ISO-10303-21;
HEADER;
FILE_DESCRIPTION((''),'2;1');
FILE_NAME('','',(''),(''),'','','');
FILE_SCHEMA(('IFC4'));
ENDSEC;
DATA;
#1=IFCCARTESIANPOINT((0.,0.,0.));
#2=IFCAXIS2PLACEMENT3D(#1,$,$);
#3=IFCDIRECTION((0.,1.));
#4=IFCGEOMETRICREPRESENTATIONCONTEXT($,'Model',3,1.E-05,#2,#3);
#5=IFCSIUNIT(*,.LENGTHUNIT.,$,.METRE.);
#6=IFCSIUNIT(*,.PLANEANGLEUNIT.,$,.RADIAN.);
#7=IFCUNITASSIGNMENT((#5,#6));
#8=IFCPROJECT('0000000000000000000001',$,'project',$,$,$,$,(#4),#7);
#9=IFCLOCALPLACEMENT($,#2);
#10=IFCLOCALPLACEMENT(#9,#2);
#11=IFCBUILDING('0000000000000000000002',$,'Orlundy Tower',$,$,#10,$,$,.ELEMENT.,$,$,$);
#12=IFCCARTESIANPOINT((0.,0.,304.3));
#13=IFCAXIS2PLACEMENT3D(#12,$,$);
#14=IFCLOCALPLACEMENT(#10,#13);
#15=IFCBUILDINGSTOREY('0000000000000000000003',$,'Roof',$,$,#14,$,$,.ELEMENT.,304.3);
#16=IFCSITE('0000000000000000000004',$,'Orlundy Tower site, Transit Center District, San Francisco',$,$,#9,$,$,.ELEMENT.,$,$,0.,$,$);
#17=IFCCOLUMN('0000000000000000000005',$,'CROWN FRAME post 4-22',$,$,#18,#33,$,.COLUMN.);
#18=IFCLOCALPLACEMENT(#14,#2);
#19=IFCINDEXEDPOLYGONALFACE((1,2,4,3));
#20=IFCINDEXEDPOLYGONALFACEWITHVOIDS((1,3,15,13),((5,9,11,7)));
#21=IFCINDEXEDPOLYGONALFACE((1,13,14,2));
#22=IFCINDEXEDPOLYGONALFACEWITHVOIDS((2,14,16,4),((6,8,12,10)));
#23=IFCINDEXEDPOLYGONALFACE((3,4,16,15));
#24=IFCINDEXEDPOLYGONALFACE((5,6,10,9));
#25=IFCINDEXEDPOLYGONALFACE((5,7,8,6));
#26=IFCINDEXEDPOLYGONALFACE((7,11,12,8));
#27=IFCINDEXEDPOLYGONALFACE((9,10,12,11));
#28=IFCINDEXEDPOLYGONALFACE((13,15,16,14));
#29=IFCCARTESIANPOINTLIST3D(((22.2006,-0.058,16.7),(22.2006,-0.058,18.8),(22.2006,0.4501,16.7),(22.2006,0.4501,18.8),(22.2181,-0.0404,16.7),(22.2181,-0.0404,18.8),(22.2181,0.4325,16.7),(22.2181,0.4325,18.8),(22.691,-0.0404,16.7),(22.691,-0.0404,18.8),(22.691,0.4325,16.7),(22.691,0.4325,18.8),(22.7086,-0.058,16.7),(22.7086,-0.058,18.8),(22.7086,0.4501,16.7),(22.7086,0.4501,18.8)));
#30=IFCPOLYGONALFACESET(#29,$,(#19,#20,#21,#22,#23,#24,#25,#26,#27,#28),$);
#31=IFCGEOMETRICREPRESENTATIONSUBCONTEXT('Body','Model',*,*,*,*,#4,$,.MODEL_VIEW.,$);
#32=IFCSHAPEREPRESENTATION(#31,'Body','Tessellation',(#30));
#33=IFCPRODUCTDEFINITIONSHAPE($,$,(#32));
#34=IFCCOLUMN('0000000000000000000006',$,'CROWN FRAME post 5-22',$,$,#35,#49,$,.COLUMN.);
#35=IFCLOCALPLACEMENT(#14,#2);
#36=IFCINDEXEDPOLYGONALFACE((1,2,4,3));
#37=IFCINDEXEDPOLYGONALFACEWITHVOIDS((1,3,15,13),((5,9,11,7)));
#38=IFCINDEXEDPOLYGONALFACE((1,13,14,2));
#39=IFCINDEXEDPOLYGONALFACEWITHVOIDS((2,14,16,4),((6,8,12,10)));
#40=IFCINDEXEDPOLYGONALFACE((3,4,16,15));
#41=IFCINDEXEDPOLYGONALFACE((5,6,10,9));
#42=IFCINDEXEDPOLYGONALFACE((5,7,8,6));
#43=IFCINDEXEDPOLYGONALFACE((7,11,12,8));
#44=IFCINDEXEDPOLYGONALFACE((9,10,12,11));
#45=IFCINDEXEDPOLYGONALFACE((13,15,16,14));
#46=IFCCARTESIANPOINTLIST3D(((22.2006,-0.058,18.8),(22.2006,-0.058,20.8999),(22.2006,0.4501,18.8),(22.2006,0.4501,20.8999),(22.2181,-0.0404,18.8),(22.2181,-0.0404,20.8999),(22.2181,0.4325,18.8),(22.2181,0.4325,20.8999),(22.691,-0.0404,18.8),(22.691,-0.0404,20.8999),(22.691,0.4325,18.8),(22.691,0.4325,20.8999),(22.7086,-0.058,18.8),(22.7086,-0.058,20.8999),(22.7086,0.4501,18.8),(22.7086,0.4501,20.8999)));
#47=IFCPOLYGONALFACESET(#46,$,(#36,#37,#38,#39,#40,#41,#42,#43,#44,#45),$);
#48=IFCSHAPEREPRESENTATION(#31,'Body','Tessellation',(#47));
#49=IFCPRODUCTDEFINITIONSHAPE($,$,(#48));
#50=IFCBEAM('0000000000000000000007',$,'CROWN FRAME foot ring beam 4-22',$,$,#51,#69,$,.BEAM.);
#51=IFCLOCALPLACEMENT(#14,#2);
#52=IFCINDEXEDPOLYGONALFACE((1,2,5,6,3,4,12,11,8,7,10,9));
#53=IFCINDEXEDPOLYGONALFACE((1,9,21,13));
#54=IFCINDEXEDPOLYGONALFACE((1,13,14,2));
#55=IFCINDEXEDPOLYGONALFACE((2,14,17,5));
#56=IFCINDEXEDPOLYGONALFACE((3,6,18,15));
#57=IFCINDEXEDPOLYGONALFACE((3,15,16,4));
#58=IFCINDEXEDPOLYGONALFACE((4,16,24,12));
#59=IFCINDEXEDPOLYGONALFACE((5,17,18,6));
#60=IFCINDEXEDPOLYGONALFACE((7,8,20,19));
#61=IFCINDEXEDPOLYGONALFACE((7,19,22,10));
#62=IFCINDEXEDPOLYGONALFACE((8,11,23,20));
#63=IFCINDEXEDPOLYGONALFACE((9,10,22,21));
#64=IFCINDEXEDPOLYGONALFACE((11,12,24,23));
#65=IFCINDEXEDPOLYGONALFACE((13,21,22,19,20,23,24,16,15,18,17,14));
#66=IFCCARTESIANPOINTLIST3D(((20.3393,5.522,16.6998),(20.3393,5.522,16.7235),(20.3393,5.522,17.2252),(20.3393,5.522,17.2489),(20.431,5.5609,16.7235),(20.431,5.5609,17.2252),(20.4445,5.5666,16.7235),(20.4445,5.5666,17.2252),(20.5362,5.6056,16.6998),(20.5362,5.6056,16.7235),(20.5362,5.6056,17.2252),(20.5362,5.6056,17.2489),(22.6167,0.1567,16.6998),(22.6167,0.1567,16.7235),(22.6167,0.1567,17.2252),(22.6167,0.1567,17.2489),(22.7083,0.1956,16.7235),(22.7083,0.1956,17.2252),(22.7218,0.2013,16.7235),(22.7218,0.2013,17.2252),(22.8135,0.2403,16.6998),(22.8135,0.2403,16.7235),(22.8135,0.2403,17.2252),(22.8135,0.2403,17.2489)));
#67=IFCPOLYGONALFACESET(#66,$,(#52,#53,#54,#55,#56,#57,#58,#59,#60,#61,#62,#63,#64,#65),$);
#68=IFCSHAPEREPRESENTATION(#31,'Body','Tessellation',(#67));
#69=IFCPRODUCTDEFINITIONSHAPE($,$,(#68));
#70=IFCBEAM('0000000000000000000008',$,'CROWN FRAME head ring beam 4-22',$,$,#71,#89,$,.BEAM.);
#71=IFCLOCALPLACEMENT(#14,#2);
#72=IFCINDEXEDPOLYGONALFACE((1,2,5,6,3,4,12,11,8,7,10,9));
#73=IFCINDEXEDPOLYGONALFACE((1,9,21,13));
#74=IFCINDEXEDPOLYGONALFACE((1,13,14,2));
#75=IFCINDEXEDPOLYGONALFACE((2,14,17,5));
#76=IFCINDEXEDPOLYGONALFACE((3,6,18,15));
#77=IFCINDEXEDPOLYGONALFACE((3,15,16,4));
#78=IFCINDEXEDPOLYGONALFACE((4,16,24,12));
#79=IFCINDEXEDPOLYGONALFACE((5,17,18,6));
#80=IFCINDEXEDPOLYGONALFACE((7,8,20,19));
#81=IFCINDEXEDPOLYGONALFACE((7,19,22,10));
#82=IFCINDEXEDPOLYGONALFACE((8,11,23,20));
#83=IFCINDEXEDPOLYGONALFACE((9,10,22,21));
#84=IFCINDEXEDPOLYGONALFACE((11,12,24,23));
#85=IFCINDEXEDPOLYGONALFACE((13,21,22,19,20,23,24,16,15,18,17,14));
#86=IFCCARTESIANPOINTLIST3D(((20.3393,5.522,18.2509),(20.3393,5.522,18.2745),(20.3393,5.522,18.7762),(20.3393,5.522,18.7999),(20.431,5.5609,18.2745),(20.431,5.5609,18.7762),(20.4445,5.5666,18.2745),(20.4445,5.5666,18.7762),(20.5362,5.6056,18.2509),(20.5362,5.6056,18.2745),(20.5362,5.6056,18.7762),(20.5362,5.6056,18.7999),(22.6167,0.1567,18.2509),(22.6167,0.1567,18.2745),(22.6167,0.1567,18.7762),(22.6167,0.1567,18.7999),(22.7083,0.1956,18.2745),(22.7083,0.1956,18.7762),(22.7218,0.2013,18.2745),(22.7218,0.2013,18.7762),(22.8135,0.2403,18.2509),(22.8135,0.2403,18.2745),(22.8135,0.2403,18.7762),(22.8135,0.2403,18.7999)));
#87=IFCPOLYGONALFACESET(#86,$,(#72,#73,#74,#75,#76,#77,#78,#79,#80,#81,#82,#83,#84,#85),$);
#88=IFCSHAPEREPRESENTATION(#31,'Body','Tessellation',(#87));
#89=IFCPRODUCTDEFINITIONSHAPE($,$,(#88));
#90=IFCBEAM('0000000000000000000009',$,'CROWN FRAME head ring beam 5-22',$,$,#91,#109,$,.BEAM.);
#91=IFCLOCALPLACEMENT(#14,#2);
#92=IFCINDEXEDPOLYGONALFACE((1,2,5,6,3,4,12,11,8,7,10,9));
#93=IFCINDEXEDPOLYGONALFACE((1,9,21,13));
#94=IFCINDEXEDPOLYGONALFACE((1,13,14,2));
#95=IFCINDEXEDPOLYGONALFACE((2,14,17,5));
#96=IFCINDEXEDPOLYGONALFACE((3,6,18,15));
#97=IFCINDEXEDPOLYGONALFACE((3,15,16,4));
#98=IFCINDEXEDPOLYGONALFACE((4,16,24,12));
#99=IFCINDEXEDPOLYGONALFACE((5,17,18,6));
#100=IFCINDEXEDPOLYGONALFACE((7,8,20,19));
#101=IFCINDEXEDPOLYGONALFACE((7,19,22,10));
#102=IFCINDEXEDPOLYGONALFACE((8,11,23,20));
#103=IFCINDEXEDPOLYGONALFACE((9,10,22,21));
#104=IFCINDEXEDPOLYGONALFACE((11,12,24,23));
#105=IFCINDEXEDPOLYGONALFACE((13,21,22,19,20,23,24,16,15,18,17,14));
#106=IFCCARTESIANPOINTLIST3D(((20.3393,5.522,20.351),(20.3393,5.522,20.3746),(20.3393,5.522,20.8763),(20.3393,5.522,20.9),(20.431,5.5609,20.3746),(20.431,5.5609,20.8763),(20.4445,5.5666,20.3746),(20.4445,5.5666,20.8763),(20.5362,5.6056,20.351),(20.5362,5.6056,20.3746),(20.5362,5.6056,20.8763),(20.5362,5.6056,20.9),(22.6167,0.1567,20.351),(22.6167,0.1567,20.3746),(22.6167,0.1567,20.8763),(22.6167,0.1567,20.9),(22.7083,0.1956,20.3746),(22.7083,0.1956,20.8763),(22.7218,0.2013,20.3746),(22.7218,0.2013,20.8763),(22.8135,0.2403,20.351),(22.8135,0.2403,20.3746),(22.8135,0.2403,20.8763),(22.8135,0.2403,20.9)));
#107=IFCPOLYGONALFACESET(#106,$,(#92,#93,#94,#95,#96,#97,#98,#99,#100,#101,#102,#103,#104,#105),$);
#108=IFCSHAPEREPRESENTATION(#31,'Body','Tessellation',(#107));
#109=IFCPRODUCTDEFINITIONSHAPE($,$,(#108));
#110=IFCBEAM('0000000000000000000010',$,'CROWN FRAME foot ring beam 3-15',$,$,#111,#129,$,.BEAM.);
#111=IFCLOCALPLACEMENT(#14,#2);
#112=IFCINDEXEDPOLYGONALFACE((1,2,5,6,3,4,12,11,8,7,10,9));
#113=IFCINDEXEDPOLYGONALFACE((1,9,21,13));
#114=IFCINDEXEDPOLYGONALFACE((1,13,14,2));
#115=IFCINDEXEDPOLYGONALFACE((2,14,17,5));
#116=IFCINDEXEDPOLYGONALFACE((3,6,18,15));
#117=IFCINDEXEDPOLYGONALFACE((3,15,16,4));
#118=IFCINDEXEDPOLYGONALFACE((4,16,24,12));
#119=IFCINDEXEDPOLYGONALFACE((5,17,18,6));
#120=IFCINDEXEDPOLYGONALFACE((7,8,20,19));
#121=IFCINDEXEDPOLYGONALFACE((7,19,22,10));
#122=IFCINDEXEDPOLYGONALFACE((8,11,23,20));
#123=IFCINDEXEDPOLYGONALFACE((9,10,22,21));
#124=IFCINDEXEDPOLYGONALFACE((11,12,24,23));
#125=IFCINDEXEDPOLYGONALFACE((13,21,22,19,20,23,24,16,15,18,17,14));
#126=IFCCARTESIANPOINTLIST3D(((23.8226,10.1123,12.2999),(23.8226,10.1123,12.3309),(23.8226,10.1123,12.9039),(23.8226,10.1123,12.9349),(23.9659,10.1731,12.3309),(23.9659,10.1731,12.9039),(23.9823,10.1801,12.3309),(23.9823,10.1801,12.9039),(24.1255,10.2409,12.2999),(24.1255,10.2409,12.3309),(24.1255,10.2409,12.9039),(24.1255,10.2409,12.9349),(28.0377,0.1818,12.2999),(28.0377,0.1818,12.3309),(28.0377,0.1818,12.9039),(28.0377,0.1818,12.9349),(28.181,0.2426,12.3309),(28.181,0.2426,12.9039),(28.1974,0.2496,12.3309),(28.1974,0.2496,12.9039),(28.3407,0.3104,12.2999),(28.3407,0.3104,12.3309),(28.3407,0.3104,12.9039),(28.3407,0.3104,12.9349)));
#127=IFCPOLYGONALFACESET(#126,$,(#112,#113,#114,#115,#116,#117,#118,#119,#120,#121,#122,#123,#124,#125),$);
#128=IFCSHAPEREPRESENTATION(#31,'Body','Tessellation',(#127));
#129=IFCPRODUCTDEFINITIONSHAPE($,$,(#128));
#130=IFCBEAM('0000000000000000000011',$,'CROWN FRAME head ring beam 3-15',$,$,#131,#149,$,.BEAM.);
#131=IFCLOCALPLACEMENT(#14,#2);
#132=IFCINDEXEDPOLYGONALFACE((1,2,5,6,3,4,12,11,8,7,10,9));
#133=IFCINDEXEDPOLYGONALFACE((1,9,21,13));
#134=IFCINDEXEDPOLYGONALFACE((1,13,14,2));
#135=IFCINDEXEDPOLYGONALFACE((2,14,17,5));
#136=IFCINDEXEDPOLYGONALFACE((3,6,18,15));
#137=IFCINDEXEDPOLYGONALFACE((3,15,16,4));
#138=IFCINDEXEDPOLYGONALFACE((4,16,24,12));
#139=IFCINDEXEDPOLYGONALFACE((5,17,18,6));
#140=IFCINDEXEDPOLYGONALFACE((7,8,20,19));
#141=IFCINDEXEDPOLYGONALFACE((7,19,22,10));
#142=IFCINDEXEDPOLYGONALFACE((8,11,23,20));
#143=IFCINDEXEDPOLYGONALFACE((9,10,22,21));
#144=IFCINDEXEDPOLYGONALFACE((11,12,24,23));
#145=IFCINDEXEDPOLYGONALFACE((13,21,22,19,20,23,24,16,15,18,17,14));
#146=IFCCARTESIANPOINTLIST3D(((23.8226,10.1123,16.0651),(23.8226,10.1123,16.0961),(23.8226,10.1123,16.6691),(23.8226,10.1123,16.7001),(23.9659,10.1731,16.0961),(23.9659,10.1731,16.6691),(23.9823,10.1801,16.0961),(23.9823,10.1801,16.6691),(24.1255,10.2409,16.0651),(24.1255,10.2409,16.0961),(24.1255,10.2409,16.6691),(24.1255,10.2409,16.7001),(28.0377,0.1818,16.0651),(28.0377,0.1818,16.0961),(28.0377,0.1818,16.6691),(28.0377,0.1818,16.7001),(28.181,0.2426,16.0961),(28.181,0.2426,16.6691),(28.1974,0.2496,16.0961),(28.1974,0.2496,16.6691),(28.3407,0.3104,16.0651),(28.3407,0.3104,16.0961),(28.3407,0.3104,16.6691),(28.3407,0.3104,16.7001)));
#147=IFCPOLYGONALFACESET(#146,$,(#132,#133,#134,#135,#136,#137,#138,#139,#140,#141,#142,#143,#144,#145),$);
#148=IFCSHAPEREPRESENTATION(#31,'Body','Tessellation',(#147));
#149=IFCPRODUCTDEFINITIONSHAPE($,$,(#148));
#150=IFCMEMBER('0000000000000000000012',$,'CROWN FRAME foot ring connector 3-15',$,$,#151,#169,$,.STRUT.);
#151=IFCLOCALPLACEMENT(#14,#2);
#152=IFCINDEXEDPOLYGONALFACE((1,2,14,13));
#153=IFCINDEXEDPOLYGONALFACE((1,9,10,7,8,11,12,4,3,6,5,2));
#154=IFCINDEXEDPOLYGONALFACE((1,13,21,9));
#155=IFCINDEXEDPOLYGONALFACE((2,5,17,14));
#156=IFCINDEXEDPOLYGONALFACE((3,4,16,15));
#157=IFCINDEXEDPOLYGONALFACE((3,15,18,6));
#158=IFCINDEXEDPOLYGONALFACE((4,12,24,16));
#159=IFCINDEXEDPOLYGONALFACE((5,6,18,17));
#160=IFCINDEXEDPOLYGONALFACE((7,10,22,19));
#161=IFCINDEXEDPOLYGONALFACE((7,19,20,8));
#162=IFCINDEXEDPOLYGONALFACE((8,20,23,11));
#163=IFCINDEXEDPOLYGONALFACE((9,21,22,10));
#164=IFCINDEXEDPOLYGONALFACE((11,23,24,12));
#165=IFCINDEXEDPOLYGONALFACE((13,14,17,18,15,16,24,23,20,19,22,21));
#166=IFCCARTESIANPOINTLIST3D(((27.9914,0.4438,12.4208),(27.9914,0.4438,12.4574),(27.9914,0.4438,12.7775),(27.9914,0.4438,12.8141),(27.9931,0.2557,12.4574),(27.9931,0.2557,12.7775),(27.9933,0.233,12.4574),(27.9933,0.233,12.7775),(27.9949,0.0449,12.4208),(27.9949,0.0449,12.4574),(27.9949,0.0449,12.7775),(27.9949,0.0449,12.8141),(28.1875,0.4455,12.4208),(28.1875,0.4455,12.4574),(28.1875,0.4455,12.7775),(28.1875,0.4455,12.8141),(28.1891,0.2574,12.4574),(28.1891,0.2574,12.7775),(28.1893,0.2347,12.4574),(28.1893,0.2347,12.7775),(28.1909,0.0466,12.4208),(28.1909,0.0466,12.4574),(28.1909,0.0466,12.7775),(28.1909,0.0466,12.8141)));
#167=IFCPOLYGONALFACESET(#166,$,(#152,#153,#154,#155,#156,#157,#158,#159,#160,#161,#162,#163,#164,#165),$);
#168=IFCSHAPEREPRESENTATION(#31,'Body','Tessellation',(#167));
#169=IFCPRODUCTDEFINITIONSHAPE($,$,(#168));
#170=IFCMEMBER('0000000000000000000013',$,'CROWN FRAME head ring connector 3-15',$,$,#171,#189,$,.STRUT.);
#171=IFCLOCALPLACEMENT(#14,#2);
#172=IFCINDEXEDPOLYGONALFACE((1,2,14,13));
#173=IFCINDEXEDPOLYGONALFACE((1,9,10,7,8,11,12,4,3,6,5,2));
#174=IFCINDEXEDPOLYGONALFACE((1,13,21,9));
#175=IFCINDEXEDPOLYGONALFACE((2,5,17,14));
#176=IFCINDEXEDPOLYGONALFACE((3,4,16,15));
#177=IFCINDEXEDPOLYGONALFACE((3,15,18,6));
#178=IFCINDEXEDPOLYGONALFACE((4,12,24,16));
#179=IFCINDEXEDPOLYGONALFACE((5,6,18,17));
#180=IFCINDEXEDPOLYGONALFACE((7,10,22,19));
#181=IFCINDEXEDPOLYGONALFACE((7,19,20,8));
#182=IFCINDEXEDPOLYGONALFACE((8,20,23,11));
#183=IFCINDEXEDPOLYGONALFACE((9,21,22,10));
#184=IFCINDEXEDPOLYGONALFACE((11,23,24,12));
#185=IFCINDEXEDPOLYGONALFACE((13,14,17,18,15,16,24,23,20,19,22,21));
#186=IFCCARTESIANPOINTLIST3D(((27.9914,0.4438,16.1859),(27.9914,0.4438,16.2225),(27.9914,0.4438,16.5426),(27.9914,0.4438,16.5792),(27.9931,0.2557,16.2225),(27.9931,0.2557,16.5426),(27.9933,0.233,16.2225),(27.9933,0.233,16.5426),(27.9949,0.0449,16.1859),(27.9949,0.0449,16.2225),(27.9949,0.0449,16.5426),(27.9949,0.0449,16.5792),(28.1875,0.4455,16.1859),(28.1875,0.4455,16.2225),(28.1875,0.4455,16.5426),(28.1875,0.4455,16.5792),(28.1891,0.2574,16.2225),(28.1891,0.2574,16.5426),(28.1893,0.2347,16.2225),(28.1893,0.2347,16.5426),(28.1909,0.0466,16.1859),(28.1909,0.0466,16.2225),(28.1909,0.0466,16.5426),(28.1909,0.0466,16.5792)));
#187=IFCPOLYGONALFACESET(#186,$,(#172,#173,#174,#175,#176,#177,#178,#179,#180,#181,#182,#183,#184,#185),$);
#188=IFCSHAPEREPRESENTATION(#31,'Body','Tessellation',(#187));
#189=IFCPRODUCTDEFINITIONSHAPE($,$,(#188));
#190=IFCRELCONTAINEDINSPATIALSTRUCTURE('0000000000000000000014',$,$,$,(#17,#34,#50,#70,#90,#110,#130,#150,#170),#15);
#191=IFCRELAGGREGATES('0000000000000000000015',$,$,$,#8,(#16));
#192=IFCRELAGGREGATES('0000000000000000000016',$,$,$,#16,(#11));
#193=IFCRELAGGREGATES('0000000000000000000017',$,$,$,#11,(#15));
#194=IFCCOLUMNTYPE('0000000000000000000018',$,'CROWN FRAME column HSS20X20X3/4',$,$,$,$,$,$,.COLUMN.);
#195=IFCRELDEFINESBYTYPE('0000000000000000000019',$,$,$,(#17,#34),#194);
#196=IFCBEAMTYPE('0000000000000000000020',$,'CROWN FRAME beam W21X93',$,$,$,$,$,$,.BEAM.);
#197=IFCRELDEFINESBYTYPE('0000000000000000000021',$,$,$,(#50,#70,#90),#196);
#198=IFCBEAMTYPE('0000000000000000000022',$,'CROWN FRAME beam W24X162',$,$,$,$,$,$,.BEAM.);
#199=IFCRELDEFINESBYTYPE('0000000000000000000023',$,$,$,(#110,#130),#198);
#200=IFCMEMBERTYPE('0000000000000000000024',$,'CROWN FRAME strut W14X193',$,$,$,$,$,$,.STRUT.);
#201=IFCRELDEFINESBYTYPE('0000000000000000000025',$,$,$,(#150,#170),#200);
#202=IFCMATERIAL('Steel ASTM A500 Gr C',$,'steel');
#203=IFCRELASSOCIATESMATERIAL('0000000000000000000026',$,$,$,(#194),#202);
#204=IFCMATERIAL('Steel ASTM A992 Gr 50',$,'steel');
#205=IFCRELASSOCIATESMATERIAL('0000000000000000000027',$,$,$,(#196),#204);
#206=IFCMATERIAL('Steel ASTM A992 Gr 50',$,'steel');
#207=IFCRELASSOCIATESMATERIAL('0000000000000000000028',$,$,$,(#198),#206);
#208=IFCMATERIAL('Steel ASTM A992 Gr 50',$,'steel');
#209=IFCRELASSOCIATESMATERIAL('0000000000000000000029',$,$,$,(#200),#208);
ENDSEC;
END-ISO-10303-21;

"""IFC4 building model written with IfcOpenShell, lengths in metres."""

from ifc_helpers import new_model, si_unit, direction, frame, origin, origin_2d, place, context, subcontext, project, spatial, hollow_rectangle, i_section, extrude, material, material_profile, profile_set, type_object, element, save


model = new_model("IFC4")

# Units and contexts
model_context = context("Model", 3, precision=1e-05, world=origin(), true_north=direction((0.0, 1.0)))
body_context = subcontext(model_context, "Body", "Model", "MODEL_VIEW")
ifc_project = project(units=[si_unit("LENGTHUNIT", "METRE"), si_unit("PLANEANGLEUNIT", "RADIAN")], contexts=[model_context])

# Site, building, storey
site_placement = place(None, origin())
site = spatial("IfcSite", under=ifc_project, at=site_placement, Name="Orlundy Tower site, Transit Center District, San Francisco", CompositionType="ELEMENT", RefElevation=0.0)
building_placement = place(site_placement, origin())
building = spatial("IfcBuilding", under=site, at=building_placement, Name="Orlundy Tower", CompositionType="ELEMENT")
storey_placement = place(building_placement, frame((0.0, 0.0, 304.3)))
storey = spatial("IfcBuildingStorey", under=building, at=storey_placement, Name="Roof", CompositionType="ELEMENT", Elevation=304.3)

# Columns
ifc_material_1 = material(Name="Steel ASTM A500 Gr C", Category="steel")
ifc_material_profile_1 = material_profile(ifc_material_1, hollow_rectangle(XDim=0.5081, YDim=0.5081, WallThickness=0.0176, at=origin_2d()), Name="HSS20X20X3/4")
ifc_profile_set_1 = profile_set([ifc_material_profile_1], Name="Steel ASTM A500 Gr C")
column_type = type_object("IfcColumnType", Name="CROWN FRAME column HSS20X20X3/4", PredefinedType="COLUMN", material=ifc_profile_set_1)
column_1_placement = place(storey_placement, frame((22.4546, 0.196, 16.7), z_axis=(0.0, 0.0, 1.0), x_axis=(1.0, 0.0, 0.0)))
element("IfcColumn", 1, at=column_1_placement, inside=storey, type_object=column_type, Name="CROWN FRAME post 4-22", PredefinedType="COLUMN", context=body_context, shape_type="SweptSolid", body=[
    extrude(hollow_rectangle(XDim=0.5081, YDim=0.5081, WallThickness=0.0176, at=origin_2d()), origin(), (0.0, 0.0, 1.0), 2.1001),
])
column_2_placement = place(storey_placement, frame((22.4546, 0.196, 18.8), z_axis=(0.0, 0.0, 1.0), x_axis=(1.0, 0.0, 0.0)))
element("IfcColumn", 2, at=column_2_placement, inside=storey, type_object=column_type, Name="CROWN FRAME post 5-22", PredefinedType="COLUMN", context=body_context, shape_type="SweptSolid", body=[
    extrude(hollow_rectangle(XDim=0.5081, YDim=0.5081, WallThickness=0.0176, at=origin_2d()), origin(), (0.0, 0.0, 1.0), 2.0999),
])

# Beams
ifc_material_2 = material(Name="Steel ASTM A992 Gr 50", Category="steel")
ifc_material_profile_2 = material_profile(ifc_material_2, i_section(OverallWidth=0.2139, OverallDepth=0.5491, WebThickness=0.0146, FlangeThickness=0.0237, at=origin_2d()), Name="W21X93")
ifc_profile_set_2 = profile_set([ifc_material_profile_2], Name="Steel ASTM A992 Gr 50")
beam_type_1 = type_object("IfcBeamType", Name="CROWN FRAME beam W21X93", PredefinedType="BEAM", material=ifc_profile_set_2)
for number, where, z_axis, x_axis, name in (
    (3, (22.7151, 0.1985, 16.9744), (-0.390722, 0.920509, 0.0), (-0.920509, -0.390722, 0.0), "CROWN FRAME foot ring beam 4-22"),
    (4, (22.7151, 0.1985, 18.5254), (-0.390722, 0.920509, 0.0), (-0.920509, -0.390722, 0.0), "CROWN FRAME head ring beam 4-22"),
    (5, (22.7151, 0.1985, 20.6255), (-0.390722, 0.920509, 0.0), (-0.920509, -0.390722, 0.0), "CROWN FRAME head ring beam 5-22"),
):
    element("IfcBeam", number, at=place(storey_placement, frame(where, z_axis=z_axis, x_axis=x_axis)), inside=storey, type_object=beam_type_1, Name=name, PredefinedType="BEAM", context=body_context, shape_type="SweptSolid", body=[
        extrude(i_section(OverallWidth=0.2139, OverallDepth=0.5491, WebThickness=0.0146, FlangeThickness=0.0237, at=origin_2d()), origin(), (0.0, 0.0, 1.0), 5.8286),
    ])
ifc_material_3 = material(Name="Steel ASTM A992 Gr 50", Category="steel")
ifc_material_profile_3 = material_profile(ifc_material_3, i_section(OverallWidth=0.3291, OverallDepth=0.635, WebThickness=0.0178, FlangeThickness=0.031, at=origin_2d()), Name="W24X162")
ifc_profile_set_3 = profile_set([ifc_material_profile_3], Name="Steel ASTM A992 Gr 50")
beam_type_2 = type_object("IfcBeamType", Name="CROWN FRAME beam W24X162", PredefinedType="BEAM", material=ifc_profile_set_3)
for number, where, z_axis, x_axis, name in (
    (6, (28.1892, 0.2461, 12.6174), (-0.390721, 0.920509, 0.0), (-0.920509, -0.390721, 0.0), "CROWN FRAME foot ring beam 3-15"),
    (7, (28.1892, 0.2461, 16.3826), (-0.390721, 0.920509, 0.0), (-0.920509, -0.390721, 0.0), "CROWN FRAME head ring beam 3-15"),
):
    element("IfcBeam", number, at=place(storey_placement, frame(where, z_axis=z_axis, x_axis=x_axis)), inside=storey, type_object=beam_type_2, Name=name, PredefinedType="BEAM", context=body_context, shape_type="SweptSolid", body=[
        extrude(i_section(OverallWidth=0.3291, OverallDepth=0.635, WebThickness=0.0178, FlangeThickness=0.031, at=origin_2d()), origin(), (0.0, 0.0, 1.0), 10.7881),
    ])

# Members
ifc_material_4 = material(Name="Steel ASTM A992 Gr 50", Category="steel")
ifc_material_profile_4 = material_profile(ifc_material_4, i_section(OverallWidth=0.3989, OverallDepth=0.3933, WebThickness=0.0227, FlangeThickness=0.0366, at=origin_2d()), Name="W14X193")
ifc_profile_set_4 = profile_set([ifc_material_profile_4], Name="Steel ASTM A992 Gr 50")
member_type = type_object("IfcMemberType", Name="CROWN FRAME strut W14X193", PredefinedType="STRUT", material=ifc_profile_set_4)
for number, where, z_axis, x_axis, name in (
    (8, (27.9932, 0.2444, 12.6174), (0.999962, 0.008717, 0.0), (-0.008717, 0.999962, 0.0), "CROWN FRAME foot ring connector 3-15"),
    (9, (27.9932, 0.2444, 16.3826), (0.999962, 0.008717, 0.0), (-0.008717, 0.999962, 0.0), "CROWN FRAME head ring connector 3-15"),
):
    element("IfcMember", number, at=place(storey_placement, frame(where, z_axis=z_axis, x_axis=x_axis)), inside=storey, type_object=member_type, Name=name, PredefinedType="STRUT", context=body_context, shape_type="SweptSolid", body=[
        extrude(i_section(OverallWidth=0.3989, OverallDepth=0.3933, WebThickness=0.0227, FlangeThickness=0.0366, at=origin_2d()), origin(), (0.0, 0.0, 1.0), 0.196),
    ])

save(model, "model.ifc")
